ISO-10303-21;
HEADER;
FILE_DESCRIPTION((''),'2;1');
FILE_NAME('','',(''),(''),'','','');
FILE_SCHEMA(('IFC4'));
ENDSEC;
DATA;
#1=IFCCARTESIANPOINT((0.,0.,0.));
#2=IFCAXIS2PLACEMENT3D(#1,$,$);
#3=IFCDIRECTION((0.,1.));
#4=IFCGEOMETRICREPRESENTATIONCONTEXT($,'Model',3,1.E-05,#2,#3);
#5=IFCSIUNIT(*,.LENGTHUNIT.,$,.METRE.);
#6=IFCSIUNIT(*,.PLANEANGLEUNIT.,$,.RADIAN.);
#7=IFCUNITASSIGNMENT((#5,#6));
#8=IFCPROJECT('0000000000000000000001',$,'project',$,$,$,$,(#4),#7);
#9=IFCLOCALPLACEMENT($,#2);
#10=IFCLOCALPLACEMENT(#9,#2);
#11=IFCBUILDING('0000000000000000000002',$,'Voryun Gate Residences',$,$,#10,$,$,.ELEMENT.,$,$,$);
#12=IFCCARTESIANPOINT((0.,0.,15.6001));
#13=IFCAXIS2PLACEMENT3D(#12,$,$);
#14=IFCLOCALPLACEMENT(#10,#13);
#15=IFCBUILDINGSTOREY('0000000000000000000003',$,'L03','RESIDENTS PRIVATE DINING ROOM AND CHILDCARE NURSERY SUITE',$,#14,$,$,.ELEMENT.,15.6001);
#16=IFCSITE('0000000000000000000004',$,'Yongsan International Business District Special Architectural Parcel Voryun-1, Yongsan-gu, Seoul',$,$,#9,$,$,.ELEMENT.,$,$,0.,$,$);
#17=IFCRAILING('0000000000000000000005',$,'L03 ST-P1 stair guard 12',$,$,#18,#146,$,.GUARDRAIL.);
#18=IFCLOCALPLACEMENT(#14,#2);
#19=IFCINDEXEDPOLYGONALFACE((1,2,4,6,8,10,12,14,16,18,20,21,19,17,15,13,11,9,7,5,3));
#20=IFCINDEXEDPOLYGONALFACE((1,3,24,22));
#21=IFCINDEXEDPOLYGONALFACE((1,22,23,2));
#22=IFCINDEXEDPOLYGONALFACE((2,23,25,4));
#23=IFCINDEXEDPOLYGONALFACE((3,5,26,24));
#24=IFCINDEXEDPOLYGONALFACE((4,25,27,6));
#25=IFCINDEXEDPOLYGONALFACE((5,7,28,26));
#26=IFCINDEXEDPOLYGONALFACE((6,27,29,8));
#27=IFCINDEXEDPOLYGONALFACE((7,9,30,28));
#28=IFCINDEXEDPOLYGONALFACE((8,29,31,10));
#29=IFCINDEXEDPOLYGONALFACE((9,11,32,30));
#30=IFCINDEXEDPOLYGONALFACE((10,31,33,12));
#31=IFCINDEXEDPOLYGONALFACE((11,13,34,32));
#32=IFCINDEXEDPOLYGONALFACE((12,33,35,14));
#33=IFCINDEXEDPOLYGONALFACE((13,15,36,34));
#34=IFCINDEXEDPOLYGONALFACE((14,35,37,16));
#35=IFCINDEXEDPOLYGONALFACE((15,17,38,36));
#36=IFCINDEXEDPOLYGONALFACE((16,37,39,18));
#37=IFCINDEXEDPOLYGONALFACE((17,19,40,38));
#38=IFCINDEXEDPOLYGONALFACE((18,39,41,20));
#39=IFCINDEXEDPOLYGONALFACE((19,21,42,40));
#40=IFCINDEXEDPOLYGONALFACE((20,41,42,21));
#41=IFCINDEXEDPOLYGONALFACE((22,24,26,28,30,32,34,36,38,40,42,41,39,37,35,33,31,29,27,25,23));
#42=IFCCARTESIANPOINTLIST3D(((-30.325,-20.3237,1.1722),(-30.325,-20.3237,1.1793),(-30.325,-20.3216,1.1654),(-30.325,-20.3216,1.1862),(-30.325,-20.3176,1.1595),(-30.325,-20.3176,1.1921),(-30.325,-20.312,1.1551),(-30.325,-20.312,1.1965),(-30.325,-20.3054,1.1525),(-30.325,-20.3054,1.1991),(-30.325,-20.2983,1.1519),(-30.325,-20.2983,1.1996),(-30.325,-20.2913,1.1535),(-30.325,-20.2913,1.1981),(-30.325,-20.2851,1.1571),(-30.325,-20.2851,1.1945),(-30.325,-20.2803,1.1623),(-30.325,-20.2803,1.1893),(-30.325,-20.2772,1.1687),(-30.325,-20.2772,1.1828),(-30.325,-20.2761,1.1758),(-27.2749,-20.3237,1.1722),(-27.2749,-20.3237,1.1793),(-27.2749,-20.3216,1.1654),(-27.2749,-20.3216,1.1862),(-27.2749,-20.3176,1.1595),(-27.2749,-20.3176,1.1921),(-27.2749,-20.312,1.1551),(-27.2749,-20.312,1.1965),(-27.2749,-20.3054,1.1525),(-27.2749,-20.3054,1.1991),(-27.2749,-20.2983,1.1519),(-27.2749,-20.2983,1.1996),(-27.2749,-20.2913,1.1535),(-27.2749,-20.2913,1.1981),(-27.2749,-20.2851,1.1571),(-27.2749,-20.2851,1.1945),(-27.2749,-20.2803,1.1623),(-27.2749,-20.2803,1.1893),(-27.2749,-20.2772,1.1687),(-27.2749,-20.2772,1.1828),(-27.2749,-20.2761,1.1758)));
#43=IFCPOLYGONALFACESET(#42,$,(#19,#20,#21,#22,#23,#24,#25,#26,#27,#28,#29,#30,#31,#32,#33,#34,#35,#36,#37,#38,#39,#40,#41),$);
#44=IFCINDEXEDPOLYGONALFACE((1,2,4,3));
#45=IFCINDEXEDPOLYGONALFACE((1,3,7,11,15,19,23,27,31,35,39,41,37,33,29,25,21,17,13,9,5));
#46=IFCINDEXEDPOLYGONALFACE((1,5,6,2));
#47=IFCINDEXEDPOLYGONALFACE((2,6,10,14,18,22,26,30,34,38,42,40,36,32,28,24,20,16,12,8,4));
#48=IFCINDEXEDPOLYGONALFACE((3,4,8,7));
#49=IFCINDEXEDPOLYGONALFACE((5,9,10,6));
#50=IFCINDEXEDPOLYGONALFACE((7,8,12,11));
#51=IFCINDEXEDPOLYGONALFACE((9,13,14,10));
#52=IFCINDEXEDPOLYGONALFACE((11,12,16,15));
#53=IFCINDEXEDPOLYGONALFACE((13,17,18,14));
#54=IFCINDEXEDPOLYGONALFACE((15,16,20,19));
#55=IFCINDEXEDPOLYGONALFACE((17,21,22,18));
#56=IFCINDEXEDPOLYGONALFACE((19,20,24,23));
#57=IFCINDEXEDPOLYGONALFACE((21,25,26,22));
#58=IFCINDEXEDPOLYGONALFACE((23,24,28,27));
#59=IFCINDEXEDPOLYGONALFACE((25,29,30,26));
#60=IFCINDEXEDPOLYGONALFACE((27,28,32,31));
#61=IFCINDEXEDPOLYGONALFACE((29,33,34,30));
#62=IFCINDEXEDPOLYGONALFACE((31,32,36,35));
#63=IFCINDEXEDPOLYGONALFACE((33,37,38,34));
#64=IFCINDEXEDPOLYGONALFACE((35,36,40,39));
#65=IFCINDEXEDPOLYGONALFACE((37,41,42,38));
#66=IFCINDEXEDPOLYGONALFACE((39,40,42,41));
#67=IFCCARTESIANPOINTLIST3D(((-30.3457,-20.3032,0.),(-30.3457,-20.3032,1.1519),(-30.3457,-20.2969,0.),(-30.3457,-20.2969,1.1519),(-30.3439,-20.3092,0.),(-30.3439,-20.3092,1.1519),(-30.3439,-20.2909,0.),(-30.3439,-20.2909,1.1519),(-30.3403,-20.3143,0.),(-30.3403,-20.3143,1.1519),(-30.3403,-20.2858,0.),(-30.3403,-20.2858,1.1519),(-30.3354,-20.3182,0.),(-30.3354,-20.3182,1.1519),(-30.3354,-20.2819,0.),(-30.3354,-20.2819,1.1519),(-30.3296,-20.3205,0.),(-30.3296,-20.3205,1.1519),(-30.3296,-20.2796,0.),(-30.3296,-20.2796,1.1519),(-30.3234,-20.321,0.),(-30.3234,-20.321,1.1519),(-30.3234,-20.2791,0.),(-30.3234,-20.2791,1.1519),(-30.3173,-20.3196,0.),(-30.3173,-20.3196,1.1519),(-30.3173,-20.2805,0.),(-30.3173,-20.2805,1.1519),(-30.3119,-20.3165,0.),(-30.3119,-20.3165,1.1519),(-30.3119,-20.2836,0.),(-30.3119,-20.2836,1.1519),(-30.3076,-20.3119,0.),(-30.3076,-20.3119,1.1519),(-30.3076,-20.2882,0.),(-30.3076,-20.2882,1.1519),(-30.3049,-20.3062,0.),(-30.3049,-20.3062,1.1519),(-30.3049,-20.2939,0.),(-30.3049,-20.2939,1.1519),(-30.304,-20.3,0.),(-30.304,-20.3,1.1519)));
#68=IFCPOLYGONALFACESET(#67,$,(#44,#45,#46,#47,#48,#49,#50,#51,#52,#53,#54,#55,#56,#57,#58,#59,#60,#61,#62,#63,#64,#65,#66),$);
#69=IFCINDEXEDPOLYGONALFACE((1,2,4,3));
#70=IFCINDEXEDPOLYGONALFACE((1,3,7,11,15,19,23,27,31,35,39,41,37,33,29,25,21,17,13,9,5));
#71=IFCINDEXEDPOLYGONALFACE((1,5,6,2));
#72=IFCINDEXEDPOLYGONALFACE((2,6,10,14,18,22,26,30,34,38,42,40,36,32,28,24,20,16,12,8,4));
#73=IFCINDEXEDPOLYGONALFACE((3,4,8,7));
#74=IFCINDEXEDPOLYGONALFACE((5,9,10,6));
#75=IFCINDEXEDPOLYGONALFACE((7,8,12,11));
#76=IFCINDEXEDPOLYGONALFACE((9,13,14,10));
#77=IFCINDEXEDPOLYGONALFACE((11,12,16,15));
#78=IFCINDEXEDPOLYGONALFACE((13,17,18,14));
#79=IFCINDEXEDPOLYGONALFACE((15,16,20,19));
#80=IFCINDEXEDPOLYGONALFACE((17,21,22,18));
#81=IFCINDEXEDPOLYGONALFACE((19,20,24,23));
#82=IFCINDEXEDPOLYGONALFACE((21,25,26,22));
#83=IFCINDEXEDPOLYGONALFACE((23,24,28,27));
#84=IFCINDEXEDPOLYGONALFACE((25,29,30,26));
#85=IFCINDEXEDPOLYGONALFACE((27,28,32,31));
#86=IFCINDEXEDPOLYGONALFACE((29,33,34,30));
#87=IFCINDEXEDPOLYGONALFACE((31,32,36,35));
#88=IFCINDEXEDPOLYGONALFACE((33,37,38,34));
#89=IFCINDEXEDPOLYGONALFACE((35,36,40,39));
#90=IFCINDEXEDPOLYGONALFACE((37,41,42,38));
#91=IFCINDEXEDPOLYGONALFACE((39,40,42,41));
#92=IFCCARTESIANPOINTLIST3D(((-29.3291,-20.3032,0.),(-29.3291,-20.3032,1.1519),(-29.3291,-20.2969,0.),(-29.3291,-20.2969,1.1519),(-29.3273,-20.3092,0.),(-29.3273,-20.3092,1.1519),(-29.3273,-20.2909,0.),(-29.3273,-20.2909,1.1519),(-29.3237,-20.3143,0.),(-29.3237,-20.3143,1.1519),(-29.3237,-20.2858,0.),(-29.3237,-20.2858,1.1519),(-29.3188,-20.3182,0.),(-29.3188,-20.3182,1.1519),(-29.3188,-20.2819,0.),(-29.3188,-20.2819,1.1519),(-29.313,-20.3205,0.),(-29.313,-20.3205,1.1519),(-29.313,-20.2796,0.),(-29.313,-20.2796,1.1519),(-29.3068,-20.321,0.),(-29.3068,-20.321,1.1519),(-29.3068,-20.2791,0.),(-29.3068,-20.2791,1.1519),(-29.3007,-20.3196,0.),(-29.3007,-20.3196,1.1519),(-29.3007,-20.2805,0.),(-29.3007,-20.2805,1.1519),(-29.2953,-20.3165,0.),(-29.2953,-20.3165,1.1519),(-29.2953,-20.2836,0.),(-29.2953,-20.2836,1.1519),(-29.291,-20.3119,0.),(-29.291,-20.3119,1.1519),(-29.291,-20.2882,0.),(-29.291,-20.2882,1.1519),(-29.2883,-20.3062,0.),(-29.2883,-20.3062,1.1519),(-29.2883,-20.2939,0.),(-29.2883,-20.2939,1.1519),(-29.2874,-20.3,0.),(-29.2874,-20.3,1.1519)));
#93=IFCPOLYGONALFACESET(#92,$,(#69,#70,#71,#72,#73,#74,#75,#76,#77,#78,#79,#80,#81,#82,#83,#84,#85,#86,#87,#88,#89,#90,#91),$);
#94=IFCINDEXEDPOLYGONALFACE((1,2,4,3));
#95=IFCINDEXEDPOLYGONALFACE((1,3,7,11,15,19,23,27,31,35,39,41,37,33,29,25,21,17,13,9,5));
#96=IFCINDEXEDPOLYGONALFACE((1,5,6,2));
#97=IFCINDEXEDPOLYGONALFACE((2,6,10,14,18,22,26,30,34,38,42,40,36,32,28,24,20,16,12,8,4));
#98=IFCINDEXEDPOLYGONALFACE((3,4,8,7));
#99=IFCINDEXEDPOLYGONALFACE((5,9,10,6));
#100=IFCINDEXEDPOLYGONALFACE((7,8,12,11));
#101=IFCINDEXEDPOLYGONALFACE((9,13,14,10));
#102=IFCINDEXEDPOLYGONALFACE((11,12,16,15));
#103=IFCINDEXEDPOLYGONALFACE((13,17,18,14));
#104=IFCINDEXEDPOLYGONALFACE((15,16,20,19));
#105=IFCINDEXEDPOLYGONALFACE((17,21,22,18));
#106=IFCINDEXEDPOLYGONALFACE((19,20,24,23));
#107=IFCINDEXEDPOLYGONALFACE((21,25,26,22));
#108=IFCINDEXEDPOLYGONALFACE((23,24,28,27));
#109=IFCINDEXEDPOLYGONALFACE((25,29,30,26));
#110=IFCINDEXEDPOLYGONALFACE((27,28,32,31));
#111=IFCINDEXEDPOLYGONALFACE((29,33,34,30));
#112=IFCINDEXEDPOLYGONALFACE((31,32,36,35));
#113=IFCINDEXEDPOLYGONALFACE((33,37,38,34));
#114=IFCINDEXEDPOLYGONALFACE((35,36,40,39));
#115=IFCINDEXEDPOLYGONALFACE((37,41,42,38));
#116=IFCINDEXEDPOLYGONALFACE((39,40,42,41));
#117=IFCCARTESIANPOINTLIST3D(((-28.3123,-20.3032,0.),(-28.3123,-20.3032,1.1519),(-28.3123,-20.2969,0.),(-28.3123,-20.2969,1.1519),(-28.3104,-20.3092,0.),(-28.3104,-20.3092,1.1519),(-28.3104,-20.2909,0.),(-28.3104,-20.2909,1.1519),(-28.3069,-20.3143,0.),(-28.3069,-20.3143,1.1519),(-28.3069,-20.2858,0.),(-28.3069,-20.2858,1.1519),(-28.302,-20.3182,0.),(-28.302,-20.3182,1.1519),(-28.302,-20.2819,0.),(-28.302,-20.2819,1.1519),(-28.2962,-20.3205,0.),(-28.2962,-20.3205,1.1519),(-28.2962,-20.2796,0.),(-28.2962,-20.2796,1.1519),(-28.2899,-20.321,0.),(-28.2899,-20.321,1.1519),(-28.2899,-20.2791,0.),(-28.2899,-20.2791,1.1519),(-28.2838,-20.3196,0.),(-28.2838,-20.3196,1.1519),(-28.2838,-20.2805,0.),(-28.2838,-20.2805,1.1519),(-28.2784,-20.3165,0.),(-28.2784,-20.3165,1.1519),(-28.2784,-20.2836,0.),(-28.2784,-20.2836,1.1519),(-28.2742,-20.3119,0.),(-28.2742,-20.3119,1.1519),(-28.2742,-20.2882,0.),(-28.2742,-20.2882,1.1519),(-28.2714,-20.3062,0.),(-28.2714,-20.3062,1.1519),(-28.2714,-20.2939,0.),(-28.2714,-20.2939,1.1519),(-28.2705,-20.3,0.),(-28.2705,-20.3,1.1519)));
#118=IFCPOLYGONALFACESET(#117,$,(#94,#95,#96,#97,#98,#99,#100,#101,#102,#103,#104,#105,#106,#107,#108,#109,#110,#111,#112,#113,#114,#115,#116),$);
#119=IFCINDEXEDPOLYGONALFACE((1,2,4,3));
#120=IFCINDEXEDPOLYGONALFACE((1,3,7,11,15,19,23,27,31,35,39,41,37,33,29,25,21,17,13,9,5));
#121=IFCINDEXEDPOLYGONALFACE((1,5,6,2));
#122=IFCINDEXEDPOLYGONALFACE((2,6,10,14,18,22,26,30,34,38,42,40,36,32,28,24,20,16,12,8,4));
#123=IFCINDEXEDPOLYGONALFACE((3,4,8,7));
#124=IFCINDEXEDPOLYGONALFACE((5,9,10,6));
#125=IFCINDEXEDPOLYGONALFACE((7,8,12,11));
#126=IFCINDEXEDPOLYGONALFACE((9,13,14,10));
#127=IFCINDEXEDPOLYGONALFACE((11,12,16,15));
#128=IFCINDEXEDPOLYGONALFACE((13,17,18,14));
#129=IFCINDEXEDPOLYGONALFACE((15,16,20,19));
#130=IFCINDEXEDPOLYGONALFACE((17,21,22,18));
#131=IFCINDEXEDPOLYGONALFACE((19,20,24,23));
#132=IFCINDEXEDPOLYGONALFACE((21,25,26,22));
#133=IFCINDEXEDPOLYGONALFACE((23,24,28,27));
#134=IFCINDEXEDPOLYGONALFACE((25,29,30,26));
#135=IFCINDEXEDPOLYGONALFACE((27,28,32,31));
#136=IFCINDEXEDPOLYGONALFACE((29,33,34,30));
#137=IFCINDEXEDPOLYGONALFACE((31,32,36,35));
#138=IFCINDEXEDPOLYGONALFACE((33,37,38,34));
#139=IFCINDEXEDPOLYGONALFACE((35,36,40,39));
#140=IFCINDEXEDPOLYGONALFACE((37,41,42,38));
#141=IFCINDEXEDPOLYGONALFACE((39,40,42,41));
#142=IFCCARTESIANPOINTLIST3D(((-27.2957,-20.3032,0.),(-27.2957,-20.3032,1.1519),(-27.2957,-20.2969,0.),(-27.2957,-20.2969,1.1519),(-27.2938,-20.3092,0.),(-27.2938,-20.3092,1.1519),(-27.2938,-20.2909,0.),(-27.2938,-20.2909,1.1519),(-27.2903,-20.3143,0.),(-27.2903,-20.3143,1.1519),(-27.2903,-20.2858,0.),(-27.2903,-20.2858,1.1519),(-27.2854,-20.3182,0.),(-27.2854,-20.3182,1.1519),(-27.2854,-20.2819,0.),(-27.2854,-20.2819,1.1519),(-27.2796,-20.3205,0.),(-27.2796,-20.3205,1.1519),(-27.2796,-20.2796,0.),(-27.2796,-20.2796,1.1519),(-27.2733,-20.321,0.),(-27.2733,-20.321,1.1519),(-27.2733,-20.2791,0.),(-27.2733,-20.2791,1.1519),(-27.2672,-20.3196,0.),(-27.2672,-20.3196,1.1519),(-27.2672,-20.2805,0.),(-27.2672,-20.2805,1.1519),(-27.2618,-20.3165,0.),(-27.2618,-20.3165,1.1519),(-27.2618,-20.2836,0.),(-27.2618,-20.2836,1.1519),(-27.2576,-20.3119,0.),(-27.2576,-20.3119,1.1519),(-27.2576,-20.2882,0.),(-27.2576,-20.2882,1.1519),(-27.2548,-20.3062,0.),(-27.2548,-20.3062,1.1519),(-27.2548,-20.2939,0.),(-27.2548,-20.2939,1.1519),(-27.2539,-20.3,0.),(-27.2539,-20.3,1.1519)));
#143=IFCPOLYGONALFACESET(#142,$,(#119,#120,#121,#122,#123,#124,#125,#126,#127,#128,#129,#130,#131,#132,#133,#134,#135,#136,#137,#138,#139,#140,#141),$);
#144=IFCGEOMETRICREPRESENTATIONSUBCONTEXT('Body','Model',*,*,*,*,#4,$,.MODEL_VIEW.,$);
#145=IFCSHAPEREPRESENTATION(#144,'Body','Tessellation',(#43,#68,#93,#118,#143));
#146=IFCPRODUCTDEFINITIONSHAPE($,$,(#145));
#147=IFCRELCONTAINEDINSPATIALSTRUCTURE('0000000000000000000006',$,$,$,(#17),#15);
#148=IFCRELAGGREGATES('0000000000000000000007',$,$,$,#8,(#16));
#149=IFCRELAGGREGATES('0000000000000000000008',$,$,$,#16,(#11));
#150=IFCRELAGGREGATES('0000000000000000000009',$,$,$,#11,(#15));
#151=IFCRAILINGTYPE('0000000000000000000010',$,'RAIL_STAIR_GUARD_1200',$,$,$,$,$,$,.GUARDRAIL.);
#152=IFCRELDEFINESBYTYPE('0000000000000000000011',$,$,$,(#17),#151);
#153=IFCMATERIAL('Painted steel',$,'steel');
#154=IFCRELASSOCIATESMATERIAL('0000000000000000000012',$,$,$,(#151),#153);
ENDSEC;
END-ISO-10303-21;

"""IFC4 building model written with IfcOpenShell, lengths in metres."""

from ifc_helpers import new_model, si_unit, direction, frame, origin, origin_2d, place, context, subcontext, project, spatial, circle, extrude, material, type_object, element, save


model = new_model("IFC4")

# Units and contexts
model_context = context("Model", 3, precision=1e-05, world=origin(), true_north=direction((0.0, 1.0)))
body_context = subcontext(model_context, "Body", "Model", "MODEL_VIEW")
ifc_project = project(units=[si_unit("LENGTHUNIT", "METRE"), si_unit("PLANEANGLEUNIT", "RADIAN")], contexts=[model_context])

# Site, building, storey
site_placement = place(None, origin())
site = spatial("IfcSite", under=ifc_project, at=site_placement, Name="Yongsan International Business District Special Architectural Parcel Voryun-1, Yongsan-gu, Seoul", CompositionType="ELEMENT", RefElevation=0.0)
building_placement = place(site_placement, origin())
building = spatial("IfcBuilding", under=site, at=building_placement, Name="Voryun Gate Residences", CompositionType="ELEMENT")
storey_placement = place(building_placement, frame((0.0, 0.0, 15.6001)))
storey = spatial("IfcBuildingStorey", under=building, at=storey_placement, Name="L03", Description="RESIDENTS PRIVATE DINING ROOM AND CHILDCARE NURSERY SUITE", CompositionType="ELEMENT", Elevation=15.6001)

# Railing
ifc_material_1 = material(Name="Painted steel", Category="steel")
railing_type_1 = type_object("IfcRailingType", Name="RAIL_STAIR_GUARD_1200", PredefinedType="GUARDRAIL", material=ifc_material_1)
railing_1_placement = place(storey_placement, frame((-30.325, -20.3, 0.0)))
element("IfcRailing", 1, at=railing_1_placement, inside=storey, type_object=railing_type_1, Name="L03 ST-P1 stair guard 12", PredefinedType="GUARDRAIL", context=body_context, shape_type="SweptSolid", body=[
    extrude(circle(Radius=0.0239, at=origin_2d()), frame((0.0, 0.0, 1.1758), z_axis=(1.0, 0.0, 0.0), x_axis=(0.0, 1.0, 0.0)), (0.0, 0.0, 1.0), 3.05),
    extrude(circle(Radius=0.021, at=origin_2d()), origin(), (0.0, 0.0, 1.0), 1.1519),
    extrude(circle(Radius=0.021, at=origin_2d()), frame((1.0166, 0.0, 0.0)), (0.0, 0.0, 1.0), 1.1519),
    extrude(circle(Radius=0.021, at=origin_2d()), frame((2.0334, 0.0, 0.0)), (0.0, 0.0, 1.0), 1.1519),
    extrude(circle(Radius=0.021, at=origin_2d()), frame((3.05, 0.0, 0.0)), (0.0, 0.0, 1.0), 1.1519),
])

save(model, "model.ifc")
